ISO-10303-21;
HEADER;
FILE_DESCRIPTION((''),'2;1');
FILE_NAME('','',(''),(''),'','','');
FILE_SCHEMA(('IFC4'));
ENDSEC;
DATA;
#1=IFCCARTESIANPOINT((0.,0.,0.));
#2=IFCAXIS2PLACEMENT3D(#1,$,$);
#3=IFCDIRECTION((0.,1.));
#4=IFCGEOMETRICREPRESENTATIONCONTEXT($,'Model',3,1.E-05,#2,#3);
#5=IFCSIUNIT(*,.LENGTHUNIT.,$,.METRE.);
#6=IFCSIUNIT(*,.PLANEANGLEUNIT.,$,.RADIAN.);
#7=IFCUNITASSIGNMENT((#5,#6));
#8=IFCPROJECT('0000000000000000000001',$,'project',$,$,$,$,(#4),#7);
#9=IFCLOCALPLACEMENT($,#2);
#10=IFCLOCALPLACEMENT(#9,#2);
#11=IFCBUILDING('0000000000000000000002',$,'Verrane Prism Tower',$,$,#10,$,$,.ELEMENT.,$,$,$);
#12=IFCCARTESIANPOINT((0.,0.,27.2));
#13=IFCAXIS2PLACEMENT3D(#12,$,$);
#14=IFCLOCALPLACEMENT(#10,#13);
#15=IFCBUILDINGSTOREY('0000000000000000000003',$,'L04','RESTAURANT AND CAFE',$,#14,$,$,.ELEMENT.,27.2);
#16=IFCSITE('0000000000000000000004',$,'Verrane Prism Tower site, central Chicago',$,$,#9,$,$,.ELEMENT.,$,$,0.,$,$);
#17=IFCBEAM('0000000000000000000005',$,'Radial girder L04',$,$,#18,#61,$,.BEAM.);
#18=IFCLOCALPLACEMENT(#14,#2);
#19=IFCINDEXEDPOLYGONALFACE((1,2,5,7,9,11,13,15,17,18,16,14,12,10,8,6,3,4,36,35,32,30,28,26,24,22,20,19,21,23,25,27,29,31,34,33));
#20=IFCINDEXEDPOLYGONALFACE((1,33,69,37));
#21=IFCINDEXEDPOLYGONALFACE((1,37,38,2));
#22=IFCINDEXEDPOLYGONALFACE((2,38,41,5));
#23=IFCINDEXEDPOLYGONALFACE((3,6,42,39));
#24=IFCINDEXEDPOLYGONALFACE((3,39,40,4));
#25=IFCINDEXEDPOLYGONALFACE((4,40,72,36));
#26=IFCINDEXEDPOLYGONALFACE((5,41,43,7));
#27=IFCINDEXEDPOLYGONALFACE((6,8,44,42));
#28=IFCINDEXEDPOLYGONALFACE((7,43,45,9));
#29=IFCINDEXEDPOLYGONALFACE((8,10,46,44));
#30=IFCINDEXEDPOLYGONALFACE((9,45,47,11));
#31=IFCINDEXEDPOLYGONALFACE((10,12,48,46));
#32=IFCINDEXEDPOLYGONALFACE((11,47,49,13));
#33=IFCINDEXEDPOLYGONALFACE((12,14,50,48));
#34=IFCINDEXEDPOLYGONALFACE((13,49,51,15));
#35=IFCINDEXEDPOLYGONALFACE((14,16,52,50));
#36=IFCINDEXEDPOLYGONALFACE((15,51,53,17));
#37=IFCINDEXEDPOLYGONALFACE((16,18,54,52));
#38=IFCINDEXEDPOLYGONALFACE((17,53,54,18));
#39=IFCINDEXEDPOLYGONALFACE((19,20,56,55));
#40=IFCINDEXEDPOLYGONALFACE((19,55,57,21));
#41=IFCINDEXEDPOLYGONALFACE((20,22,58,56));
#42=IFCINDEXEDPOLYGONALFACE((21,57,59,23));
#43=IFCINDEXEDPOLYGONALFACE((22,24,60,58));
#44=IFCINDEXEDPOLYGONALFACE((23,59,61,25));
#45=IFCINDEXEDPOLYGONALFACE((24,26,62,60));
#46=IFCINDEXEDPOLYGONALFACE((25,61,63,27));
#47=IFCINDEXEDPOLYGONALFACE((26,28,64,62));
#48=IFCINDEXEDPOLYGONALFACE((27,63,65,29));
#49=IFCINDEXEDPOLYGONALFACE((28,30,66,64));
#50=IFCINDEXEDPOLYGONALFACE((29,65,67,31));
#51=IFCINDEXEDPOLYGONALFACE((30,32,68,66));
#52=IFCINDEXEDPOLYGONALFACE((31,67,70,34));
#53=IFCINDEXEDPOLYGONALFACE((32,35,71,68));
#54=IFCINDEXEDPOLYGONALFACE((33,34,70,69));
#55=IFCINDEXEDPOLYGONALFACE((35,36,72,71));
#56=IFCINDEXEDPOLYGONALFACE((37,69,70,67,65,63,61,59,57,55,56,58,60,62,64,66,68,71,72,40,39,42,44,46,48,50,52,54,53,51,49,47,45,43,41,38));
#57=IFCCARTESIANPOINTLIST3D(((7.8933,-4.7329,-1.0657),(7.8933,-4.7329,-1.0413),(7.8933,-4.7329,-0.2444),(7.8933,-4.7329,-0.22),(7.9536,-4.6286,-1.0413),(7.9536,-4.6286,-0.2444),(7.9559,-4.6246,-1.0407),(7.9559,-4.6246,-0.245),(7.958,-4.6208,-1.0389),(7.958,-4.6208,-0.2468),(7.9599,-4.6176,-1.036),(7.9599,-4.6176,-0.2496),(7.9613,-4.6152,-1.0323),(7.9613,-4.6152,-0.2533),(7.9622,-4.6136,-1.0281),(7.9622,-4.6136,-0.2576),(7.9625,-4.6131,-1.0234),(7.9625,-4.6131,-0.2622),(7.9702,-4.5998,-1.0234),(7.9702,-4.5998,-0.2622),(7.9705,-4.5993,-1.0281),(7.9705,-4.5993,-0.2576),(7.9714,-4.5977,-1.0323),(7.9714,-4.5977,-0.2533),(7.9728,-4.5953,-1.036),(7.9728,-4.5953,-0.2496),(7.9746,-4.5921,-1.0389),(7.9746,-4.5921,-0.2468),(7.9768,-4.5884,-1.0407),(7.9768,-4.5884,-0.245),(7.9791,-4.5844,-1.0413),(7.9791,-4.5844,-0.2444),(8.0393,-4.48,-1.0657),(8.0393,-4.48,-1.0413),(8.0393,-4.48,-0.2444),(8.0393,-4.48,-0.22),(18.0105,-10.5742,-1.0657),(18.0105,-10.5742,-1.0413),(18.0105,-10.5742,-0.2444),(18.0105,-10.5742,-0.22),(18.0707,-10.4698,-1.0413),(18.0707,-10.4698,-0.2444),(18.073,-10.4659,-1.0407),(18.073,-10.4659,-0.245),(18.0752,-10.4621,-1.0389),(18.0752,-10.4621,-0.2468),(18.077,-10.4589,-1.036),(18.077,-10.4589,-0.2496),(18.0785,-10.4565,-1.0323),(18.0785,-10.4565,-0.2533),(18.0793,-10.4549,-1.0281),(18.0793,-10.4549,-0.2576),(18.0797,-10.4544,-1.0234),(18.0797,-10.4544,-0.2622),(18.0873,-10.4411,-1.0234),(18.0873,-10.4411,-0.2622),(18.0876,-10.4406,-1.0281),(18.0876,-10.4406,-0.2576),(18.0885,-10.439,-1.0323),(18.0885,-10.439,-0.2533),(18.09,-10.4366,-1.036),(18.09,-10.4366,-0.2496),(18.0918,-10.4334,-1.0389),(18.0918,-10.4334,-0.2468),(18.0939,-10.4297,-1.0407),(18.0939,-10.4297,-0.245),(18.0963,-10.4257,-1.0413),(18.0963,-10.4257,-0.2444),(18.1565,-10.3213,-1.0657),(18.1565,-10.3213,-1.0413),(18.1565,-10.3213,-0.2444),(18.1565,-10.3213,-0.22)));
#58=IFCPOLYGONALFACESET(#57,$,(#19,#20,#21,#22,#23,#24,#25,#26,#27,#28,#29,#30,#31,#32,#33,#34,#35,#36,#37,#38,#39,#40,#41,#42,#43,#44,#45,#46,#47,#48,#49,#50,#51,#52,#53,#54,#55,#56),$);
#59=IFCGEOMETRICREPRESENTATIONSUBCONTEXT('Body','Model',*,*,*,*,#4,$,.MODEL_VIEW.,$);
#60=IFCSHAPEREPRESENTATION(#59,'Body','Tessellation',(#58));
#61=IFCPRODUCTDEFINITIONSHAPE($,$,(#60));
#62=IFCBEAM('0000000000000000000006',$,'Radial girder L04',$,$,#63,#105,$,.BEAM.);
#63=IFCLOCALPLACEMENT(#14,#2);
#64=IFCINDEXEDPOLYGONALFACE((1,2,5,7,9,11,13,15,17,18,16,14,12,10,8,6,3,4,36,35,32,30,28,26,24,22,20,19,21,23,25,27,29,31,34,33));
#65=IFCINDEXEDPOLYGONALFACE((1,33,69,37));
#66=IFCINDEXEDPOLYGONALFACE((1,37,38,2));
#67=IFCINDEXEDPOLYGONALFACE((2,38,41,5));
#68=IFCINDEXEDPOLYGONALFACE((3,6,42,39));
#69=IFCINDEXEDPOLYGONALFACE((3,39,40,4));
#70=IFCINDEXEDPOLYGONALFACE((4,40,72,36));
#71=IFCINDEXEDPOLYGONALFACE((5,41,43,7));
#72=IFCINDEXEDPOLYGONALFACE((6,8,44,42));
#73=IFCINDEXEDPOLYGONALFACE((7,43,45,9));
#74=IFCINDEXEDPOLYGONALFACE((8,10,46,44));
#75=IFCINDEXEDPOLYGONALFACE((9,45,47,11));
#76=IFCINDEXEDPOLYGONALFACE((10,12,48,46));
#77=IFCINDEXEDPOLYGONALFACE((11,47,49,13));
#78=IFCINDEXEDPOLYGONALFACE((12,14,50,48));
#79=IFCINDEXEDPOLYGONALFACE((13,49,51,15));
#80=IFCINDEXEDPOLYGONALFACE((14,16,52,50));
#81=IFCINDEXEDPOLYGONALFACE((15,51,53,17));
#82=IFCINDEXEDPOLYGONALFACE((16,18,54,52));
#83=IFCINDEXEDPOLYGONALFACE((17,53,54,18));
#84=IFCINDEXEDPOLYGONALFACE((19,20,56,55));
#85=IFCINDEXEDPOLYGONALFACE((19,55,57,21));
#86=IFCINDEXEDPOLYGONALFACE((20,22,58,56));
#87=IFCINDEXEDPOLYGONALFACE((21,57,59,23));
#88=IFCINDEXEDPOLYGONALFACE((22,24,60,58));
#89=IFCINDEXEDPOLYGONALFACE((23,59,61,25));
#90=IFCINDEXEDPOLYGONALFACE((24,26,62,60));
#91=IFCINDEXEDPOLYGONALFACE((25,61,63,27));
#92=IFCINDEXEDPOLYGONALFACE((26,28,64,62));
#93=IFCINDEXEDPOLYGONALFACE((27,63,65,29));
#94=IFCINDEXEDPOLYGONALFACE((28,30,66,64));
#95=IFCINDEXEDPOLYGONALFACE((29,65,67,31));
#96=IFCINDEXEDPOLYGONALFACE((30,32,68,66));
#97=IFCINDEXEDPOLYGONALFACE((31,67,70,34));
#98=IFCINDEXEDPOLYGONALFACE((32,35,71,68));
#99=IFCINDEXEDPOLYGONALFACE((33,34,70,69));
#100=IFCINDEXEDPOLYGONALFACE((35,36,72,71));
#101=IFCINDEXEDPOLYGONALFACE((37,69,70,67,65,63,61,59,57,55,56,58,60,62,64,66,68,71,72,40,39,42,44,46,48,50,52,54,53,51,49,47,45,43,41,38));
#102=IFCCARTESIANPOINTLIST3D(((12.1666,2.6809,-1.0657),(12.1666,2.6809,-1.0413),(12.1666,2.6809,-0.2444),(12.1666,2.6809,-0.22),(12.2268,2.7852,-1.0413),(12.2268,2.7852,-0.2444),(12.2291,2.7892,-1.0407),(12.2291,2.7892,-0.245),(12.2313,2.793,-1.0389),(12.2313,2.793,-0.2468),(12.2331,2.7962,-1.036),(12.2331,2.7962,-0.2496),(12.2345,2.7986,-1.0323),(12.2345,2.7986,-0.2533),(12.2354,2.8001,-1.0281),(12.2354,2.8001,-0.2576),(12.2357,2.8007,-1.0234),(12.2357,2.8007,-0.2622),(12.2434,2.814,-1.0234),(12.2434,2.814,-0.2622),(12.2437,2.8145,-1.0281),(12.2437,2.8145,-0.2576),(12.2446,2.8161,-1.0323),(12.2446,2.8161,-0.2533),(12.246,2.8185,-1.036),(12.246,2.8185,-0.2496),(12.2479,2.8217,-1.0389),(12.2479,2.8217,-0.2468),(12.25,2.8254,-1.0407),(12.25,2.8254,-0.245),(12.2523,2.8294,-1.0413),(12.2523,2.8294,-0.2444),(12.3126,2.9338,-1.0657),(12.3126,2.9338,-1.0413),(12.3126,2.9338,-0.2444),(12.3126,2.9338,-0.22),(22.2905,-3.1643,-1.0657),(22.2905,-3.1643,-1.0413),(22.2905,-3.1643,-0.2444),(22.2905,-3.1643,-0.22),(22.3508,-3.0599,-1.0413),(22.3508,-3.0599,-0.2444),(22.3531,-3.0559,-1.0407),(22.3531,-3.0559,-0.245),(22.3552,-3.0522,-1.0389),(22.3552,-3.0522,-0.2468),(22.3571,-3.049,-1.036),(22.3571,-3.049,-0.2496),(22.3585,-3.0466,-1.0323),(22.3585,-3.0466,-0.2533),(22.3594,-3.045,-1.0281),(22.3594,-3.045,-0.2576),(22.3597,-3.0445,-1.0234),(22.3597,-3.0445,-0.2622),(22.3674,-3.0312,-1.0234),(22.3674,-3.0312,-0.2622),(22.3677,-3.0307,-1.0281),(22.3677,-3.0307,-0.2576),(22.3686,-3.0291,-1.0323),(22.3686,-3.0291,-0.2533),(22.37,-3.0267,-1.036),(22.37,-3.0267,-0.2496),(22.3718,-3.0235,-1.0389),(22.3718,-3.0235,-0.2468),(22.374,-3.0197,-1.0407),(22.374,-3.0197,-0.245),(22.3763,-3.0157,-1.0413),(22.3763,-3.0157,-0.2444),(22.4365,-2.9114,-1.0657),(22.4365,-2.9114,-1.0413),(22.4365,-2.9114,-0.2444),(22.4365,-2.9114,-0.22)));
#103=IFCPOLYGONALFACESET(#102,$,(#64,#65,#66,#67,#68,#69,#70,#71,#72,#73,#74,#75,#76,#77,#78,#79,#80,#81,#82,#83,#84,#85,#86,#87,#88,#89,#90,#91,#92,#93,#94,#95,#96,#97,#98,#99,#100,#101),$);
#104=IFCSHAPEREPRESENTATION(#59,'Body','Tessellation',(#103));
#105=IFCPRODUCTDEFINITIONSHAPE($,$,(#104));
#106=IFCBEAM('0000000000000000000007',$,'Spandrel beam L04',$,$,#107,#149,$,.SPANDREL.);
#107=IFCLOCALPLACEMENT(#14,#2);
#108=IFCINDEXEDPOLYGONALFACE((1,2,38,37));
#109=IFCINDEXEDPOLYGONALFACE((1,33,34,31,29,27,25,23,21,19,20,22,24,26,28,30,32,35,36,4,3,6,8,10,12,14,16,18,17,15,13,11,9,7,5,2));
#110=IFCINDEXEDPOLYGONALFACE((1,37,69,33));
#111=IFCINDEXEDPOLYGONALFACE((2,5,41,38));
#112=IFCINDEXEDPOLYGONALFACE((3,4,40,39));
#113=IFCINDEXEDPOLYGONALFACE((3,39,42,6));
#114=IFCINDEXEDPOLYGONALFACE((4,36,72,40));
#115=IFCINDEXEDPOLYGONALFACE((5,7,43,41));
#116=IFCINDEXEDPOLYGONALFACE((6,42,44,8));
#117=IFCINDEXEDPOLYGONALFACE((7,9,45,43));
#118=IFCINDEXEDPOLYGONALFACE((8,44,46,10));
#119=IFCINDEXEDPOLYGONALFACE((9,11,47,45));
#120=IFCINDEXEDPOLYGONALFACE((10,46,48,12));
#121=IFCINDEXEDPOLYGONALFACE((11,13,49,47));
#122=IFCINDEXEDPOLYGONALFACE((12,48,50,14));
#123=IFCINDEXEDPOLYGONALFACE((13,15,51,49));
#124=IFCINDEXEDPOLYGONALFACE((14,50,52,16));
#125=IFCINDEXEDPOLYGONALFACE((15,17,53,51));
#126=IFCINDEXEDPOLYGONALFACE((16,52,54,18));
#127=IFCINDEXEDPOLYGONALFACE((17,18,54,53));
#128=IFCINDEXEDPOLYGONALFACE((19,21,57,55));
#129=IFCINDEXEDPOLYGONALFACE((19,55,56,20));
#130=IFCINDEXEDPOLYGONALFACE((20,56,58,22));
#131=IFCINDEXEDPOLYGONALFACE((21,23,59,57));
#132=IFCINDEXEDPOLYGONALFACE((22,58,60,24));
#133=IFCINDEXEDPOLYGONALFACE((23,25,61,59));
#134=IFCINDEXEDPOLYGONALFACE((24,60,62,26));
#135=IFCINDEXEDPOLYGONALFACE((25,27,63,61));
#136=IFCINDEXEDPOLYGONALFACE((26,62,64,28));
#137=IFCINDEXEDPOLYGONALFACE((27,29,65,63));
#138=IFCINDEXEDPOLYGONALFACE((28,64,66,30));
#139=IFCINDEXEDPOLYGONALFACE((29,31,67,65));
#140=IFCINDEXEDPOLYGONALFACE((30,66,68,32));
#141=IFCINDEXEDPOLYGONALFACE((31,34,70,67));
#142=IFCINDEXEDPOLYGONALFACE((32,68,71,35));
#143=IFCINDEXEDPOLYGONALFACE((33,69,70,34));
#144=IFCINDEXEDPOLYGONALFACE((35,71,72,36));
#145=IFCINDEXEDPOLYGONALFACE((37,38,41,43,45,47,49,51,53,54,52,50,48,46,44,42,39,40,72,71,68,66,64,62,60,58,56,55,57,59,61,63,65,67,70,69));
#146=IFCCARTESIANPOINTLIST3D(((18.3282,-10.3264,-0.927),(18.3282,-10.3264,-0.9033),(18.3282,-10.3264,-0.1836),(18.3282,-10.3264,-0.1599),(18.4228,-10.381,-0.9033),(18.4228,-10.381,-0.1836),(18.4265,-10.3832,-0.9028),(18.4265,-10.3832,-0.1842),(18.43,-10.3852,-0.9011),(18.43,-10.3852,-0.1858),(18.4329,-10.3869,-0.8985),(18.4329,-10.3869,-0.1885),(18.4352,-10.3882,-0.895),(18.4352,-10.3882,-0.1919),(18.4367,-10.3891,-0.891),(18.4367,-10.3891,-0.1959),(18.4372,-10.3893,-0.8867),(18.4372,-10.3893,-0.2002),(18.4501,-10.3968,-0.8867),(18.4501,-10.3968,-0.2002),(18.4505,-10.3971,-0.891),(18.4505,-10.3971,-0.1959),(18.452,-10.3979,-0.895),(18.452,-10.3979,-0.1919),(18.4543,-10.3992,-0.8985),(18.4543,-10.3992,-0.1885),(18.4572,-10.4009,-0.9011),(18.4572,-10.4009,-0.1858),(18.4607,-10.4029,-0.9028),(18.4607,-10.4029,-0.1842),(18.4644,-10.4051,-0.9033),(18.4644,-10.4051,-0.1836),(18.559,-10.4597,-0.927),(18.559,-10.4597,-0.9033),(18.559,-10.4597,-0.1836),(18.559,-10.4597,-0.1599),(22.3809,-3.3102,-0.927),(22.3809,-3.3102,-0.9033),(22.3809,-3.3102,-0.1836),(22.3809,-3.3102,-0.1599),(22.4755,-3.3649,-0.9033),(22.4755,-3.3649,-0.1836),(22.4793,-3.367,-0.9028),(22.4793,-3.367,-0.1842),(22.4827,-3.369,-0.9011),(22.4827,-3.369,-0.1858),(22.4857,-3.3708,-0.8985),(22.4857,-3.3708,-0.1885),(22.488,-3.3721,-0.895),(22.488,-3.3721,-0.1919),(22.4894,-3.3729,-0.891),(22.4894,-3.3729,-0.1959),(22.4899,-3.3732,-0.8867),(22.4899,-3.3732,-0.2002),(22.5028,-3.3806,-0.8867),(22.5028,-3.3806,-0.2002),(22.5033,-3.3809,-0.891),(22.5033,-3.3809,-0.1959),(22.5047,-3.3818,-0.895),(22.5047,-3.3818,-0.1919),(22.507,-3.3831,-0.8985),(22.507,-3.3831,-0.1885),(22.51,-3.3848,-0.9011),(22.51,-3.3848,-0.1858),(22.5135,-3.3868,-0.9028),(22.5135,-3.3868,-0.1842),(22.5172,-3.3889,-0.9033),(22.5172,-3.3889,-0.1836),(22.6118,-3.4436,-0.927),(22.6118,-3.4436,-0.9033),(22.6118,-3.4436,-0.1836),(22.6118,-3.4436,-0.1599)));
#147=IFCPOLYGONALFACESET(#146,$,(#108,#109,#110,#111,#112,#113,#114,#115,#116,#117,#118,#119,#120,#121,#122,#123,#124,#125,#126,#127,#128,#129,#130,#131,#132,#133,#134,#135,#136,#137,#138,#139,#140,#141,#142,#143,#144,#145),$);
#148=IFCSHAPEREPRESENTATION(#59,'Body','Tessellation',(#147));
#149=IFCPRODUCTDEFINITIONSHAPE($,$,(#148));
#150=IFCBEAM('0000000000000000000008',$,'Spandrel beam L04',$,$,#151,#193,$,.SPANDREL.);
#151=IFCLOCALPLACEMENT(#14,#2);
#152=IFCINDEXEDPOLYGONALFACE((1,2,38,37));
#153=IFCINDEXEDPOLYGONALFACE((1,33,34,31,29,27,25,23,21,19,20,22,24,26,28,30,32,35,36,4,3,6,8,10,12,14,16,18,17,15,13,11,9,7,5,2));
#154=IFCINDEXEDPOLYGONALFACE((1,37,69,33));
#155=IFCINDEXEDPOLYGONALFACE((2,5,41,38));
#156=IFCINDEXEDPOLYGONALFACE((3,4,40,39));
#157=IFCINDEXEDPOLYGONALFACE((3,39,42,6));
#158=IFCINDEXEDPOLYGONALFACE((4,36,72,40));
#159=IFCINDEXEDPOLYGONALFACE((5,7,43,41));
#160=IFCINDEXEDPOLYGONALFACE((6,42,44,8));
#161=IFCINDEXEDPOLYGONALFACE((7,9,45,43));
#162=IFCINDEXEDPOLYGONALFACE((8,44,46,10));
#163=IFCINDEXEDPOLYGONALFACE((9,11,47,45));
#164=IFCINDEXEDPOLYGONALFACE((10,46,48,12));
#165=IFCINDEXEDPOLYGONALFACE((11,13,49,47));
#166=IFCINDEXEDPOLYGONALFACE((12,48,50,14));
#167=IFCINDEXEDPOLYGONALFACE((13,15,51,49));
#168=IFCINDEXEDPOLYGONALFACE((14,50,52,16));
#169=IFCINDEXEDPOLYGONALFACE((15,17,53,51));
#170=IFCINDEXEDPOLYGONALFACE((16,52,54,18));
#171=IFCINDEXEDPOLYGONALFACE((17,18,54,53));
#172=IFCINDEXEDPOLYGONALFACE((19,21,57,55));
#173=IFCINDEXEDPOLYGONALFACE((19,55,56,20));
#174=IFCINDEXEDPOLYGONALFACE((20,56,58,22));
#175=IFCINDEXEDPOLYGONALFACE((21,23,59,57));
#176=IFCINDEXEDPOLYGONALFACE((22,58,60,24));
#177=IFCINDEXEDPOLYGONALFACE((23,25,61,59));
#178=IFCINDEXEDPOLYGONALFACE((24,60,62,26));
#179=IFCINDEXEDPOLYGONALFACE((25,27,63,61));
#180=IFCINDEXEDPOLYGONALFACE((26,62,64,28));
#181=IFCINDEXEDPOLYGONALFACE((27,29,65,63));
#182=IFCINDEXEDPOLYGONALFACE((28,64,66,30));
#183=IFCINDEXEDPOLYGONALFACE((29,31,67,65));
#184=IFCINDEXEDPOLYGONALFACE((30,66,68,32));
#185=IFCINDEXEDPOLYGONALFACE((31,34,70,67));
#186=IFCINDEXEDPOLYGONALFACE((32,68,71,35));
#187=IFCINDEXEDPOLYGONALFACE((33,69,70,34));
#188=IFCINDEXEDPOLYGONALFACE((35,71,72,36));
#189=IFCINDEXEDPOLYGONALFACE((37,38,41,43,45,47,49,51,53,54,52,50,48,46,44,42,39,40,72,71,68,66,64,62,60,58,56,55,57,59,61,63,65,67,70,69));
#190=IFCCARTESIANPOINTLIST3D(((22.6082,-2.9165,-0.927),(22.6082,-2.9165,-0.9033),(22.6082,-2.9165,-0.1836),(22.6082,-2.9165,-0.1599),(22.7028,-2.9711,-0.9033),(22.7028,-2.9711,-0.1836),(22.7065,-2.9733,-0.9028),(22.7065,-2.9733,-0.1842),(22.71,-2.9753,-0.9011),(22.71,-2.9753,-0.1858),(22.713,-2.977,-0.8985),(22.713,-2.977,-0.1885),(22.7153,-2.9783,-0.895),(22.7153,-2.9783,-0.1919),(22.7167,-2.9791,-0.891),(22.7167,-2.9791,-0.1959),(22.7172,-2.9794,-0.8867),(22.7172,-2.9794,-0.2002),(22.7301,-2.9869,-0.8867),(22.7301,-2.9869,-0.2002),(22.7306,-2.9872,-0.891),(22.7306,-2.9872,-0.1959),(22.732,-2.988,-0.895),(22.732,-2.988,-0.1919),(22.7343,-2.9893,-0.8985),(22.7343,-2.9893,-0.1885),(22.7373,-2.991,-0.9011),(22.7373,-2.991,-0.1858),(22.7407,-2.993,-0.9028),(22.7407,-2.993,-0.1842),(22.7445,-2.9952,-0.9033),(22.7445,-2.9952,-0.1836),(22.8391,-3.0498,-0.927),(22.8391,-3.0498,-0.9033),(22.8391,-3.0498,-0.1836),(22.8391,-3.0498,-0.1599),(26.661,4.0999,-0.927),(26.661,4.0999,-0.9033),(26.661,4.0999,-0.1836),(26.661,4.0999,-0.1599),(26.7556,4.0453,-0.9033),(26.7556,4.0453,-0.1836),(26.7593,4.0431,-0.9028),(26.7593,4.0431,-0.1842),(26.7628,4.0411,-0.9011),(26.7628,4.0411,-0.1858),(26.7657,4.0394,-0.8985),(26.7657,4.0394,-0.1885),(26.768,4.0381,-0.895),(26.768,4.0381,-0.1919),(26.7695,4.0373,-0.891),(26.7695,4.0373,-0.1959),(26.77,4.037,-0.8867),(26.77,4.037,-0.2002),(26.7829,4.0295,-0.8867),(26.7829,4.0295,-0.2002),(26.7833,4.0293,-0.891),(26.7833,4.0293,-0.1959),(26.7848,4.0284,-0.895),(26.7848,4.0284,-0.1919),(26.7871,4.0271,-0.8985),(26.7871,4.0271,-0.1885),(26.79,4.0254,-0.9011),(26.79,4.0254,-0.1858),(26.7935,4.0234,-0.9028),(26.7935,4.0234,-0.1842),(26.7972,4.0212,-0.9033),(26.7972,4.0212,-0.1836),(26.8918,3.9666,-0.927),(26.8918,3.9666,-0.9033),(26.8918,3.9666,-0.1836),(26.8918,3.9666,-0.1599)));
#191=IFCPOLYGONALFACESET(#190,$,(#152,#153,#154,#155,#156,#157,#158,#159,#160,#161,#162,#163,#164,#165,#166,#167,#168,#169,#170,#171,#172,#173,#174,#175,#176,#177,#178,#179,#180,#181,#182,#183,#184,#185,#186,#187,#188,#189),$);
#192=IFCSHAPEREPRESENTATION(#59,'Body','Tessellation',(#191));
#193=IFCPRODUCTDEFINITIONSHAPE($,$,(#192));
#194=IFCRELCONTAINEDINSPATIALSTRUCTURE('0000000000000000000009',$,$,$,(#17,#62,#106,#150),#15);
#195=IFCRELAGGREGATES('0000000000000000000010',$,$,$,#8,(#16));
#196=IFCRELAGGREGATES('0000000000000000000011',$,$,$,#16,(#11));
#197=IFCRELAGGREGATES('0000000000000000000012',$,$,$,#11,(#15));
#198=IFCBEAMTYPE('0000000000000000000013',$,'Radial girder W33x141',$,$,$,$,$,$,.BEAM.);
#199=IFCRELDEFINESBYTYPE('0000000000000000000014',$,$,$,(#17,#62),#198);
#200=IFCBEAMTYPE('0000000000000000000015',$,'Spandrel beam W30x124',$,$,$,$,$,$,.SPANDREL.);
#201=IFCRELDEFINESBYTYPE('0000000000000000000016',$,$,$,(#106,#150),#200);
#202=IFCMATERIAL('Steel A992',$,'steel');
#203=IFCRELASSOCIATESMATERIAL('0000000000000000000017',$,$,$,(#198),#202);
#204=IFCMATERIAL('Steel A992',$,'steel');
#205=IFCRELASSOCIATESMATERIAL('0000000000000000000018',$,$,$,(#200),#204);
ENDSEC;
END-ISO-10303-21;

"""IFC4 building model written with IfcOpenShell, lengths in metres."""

from ifc_helpers import new_model, si_unit, direction, frame, origin, origin_2d, place, context, subcontext, project, spatial, i_section, extrude, material, material_profile, profile_set, type_object, element, save


model = new_model("IFC4")

# Units and contexts
model_context = context("Model", 3, precision=1e-05, world=origin(), true_north=direction((0.0, 1.0)))
body_context = subcontext(model_context, "Body", "Model", "MODEL_VIEW")
ifc_project = project(units=[si_unit("LENGTHUNIT", "METRE"), si_unit("PLANEANGLEUNIT", "RADIAN")], contexts=[model_context])

# Site, building, storey
site_placement = place(None, origin())
site = spatial("IfcSite", under=ifc_project, at=site_placement, Name="Verrane Prism Tower site, central Chicago", CompositionType="ELEMENT", RefElevation=0.0)
building_placement = place(site_placement, origin())
building = spatial("IfcBuilding", under=site, at=building_placement, Name="Verrane Prism Tower", CompositionType="ELEMENT")
storey_placement = place(building_placement, frame((0.0, 0.0, 27.2)))
storey = spatial("IfcBuildingStorey", under=building, at=storey_placement, Name="L04", Description="RESTAURANT AND CAFE", CompositionType="ELEMENT", Elevation=27.2)

# Beams
ifc_material_1 = material(Name="Steel A992", Category="steel")
ifc_material_profile_1 = material_profile(ifc_material_1, i_section(OverallWidth=0.292, OverallDepth=0.8457, WebThickness=0.0154, FlangeThickness=0.0244, FilletRadius=0.0178, at=origin_2d()), Name="W33x141")
ifc_profile_set_1 = profile_set([ifc_material_profile_1], Name="Steel A992")
beam_type_1 = type_object("IfcBeamType", Name="Radial girder W33x141", PredefinedType="BEAM", material=ifc_profile_set_1)
beam_1_placement = place(storey_placement, frame((18.0835, -10.4478, -0.6428), z_axis=(-0.86602, 0.500009, 0.0), x_axis=(-0.500009, -0.86602, 0.0)))
element("IfcBeam", 1, at=beam_1_placement, inside=storey, type_object=beam_type_1, Name="Radial girder L04", PredefinedType="BEAM", context=body_context, shape_type="SweptSolid", body=[
    extrude(i_section(OverallWidth=0.292, OverallDepth=0.8457, WebThickness=0.0154, FlangeThickness=0.0244, FilletRadius=0.0178, at=origin_2d()), origin(), (0.0, 0.0, 1.0), 11.6824),
])
beam_2_placement = place(storey_placement, frame((22.3635, -3.0378, -0.6428), z_axis=(-0.866021, 0.500007, 0.0), x_axis=(-0.500007, -0.866021, 0.0)))
element("IfcBeam", 2, at=beam_2_placement, inside=storey, type_object=beam_type_1, Name="Radial girder L04", PredefinedType="BEAM", context=body_context, shape_type="SweptSolid", body=[
    extrude(i_section(OverallWidth=0.292, OverallDepth=0.8457, WebThickness=0.0154, FlangeThickness=0.0244, FilletRadius=0.0178, at=origin_2d()), origin(), (0.0, 0.0, 1.0), 11.6902),
])
ifc_material_2 = material(Name="Steel A992", Category="steel")
ifc_material_profile_2 = material_profile(ifc_material_2, i_section(OverallWidth=0.2666, OverallDepth=0.7671, WebThickness=0.0149, FlangeThickness=0.0237, FilletRadius=0.0166, at=origin_2d()), Name="W30x124")
ifc_profile_set_2 = profile_set([ifc_material_profile_2], Name="Steel A992")
beam_type_2 = type_object("IfcBeamType", Name="Spandrel beam W30x124", PredefinedType="SPANDREL", material=ifc_profile_set_2)
beam_3_placement = place(storey_placement, frame((18.4436, -10.3931, -0.5435), z_axis=(0.500183, 0.86592, 0.0), x_axis=(-0.86592, 0.500183, 0.0)))
element("IfcBeam", 3, at=beam_3_placement, inside=storey, type_object=beam_type_2, Name="Spandrel beam L04", PredefinedType="SPANDREL", context=body_context, shape_type="SweptSolid", body=[
    extrude(i_section(OverallWidth=0.2666, OverallDepth=0.7671, WebThickness=0.0149, FlangeThickness=0.0237, FilletRadius=0.0166, at=origin_2d()), origin(), (0.0, 0.0, 1.0), 8.1025),
])
beam_4_placement = place(storey_placement, frame((22.7236, -2.9832, -0.5435), z_axis=(0.50017, 0.865927, 0.0), x_axis=(-0.865927, 0.50017, 0.0)))
element("IfcBeam", 4, at=beam_4_placement, inside=storey, type_object=beam_type_2, Name="Spandrel beam L04", PredefinedType="SPANDREL", context=body_context, shape_type="SweptSolid", body=[
    extrude(i_section(OverallWidth=0.2666, OverallDepth=0.7671, WebThickness=0.0149, FlangeThickness=0.0237, FilletRadius=0.0166, at=origin_2d()), origin(), (0.0, 0.0, 1.0), 8.1028),
])

save(model, "model.ifc")
